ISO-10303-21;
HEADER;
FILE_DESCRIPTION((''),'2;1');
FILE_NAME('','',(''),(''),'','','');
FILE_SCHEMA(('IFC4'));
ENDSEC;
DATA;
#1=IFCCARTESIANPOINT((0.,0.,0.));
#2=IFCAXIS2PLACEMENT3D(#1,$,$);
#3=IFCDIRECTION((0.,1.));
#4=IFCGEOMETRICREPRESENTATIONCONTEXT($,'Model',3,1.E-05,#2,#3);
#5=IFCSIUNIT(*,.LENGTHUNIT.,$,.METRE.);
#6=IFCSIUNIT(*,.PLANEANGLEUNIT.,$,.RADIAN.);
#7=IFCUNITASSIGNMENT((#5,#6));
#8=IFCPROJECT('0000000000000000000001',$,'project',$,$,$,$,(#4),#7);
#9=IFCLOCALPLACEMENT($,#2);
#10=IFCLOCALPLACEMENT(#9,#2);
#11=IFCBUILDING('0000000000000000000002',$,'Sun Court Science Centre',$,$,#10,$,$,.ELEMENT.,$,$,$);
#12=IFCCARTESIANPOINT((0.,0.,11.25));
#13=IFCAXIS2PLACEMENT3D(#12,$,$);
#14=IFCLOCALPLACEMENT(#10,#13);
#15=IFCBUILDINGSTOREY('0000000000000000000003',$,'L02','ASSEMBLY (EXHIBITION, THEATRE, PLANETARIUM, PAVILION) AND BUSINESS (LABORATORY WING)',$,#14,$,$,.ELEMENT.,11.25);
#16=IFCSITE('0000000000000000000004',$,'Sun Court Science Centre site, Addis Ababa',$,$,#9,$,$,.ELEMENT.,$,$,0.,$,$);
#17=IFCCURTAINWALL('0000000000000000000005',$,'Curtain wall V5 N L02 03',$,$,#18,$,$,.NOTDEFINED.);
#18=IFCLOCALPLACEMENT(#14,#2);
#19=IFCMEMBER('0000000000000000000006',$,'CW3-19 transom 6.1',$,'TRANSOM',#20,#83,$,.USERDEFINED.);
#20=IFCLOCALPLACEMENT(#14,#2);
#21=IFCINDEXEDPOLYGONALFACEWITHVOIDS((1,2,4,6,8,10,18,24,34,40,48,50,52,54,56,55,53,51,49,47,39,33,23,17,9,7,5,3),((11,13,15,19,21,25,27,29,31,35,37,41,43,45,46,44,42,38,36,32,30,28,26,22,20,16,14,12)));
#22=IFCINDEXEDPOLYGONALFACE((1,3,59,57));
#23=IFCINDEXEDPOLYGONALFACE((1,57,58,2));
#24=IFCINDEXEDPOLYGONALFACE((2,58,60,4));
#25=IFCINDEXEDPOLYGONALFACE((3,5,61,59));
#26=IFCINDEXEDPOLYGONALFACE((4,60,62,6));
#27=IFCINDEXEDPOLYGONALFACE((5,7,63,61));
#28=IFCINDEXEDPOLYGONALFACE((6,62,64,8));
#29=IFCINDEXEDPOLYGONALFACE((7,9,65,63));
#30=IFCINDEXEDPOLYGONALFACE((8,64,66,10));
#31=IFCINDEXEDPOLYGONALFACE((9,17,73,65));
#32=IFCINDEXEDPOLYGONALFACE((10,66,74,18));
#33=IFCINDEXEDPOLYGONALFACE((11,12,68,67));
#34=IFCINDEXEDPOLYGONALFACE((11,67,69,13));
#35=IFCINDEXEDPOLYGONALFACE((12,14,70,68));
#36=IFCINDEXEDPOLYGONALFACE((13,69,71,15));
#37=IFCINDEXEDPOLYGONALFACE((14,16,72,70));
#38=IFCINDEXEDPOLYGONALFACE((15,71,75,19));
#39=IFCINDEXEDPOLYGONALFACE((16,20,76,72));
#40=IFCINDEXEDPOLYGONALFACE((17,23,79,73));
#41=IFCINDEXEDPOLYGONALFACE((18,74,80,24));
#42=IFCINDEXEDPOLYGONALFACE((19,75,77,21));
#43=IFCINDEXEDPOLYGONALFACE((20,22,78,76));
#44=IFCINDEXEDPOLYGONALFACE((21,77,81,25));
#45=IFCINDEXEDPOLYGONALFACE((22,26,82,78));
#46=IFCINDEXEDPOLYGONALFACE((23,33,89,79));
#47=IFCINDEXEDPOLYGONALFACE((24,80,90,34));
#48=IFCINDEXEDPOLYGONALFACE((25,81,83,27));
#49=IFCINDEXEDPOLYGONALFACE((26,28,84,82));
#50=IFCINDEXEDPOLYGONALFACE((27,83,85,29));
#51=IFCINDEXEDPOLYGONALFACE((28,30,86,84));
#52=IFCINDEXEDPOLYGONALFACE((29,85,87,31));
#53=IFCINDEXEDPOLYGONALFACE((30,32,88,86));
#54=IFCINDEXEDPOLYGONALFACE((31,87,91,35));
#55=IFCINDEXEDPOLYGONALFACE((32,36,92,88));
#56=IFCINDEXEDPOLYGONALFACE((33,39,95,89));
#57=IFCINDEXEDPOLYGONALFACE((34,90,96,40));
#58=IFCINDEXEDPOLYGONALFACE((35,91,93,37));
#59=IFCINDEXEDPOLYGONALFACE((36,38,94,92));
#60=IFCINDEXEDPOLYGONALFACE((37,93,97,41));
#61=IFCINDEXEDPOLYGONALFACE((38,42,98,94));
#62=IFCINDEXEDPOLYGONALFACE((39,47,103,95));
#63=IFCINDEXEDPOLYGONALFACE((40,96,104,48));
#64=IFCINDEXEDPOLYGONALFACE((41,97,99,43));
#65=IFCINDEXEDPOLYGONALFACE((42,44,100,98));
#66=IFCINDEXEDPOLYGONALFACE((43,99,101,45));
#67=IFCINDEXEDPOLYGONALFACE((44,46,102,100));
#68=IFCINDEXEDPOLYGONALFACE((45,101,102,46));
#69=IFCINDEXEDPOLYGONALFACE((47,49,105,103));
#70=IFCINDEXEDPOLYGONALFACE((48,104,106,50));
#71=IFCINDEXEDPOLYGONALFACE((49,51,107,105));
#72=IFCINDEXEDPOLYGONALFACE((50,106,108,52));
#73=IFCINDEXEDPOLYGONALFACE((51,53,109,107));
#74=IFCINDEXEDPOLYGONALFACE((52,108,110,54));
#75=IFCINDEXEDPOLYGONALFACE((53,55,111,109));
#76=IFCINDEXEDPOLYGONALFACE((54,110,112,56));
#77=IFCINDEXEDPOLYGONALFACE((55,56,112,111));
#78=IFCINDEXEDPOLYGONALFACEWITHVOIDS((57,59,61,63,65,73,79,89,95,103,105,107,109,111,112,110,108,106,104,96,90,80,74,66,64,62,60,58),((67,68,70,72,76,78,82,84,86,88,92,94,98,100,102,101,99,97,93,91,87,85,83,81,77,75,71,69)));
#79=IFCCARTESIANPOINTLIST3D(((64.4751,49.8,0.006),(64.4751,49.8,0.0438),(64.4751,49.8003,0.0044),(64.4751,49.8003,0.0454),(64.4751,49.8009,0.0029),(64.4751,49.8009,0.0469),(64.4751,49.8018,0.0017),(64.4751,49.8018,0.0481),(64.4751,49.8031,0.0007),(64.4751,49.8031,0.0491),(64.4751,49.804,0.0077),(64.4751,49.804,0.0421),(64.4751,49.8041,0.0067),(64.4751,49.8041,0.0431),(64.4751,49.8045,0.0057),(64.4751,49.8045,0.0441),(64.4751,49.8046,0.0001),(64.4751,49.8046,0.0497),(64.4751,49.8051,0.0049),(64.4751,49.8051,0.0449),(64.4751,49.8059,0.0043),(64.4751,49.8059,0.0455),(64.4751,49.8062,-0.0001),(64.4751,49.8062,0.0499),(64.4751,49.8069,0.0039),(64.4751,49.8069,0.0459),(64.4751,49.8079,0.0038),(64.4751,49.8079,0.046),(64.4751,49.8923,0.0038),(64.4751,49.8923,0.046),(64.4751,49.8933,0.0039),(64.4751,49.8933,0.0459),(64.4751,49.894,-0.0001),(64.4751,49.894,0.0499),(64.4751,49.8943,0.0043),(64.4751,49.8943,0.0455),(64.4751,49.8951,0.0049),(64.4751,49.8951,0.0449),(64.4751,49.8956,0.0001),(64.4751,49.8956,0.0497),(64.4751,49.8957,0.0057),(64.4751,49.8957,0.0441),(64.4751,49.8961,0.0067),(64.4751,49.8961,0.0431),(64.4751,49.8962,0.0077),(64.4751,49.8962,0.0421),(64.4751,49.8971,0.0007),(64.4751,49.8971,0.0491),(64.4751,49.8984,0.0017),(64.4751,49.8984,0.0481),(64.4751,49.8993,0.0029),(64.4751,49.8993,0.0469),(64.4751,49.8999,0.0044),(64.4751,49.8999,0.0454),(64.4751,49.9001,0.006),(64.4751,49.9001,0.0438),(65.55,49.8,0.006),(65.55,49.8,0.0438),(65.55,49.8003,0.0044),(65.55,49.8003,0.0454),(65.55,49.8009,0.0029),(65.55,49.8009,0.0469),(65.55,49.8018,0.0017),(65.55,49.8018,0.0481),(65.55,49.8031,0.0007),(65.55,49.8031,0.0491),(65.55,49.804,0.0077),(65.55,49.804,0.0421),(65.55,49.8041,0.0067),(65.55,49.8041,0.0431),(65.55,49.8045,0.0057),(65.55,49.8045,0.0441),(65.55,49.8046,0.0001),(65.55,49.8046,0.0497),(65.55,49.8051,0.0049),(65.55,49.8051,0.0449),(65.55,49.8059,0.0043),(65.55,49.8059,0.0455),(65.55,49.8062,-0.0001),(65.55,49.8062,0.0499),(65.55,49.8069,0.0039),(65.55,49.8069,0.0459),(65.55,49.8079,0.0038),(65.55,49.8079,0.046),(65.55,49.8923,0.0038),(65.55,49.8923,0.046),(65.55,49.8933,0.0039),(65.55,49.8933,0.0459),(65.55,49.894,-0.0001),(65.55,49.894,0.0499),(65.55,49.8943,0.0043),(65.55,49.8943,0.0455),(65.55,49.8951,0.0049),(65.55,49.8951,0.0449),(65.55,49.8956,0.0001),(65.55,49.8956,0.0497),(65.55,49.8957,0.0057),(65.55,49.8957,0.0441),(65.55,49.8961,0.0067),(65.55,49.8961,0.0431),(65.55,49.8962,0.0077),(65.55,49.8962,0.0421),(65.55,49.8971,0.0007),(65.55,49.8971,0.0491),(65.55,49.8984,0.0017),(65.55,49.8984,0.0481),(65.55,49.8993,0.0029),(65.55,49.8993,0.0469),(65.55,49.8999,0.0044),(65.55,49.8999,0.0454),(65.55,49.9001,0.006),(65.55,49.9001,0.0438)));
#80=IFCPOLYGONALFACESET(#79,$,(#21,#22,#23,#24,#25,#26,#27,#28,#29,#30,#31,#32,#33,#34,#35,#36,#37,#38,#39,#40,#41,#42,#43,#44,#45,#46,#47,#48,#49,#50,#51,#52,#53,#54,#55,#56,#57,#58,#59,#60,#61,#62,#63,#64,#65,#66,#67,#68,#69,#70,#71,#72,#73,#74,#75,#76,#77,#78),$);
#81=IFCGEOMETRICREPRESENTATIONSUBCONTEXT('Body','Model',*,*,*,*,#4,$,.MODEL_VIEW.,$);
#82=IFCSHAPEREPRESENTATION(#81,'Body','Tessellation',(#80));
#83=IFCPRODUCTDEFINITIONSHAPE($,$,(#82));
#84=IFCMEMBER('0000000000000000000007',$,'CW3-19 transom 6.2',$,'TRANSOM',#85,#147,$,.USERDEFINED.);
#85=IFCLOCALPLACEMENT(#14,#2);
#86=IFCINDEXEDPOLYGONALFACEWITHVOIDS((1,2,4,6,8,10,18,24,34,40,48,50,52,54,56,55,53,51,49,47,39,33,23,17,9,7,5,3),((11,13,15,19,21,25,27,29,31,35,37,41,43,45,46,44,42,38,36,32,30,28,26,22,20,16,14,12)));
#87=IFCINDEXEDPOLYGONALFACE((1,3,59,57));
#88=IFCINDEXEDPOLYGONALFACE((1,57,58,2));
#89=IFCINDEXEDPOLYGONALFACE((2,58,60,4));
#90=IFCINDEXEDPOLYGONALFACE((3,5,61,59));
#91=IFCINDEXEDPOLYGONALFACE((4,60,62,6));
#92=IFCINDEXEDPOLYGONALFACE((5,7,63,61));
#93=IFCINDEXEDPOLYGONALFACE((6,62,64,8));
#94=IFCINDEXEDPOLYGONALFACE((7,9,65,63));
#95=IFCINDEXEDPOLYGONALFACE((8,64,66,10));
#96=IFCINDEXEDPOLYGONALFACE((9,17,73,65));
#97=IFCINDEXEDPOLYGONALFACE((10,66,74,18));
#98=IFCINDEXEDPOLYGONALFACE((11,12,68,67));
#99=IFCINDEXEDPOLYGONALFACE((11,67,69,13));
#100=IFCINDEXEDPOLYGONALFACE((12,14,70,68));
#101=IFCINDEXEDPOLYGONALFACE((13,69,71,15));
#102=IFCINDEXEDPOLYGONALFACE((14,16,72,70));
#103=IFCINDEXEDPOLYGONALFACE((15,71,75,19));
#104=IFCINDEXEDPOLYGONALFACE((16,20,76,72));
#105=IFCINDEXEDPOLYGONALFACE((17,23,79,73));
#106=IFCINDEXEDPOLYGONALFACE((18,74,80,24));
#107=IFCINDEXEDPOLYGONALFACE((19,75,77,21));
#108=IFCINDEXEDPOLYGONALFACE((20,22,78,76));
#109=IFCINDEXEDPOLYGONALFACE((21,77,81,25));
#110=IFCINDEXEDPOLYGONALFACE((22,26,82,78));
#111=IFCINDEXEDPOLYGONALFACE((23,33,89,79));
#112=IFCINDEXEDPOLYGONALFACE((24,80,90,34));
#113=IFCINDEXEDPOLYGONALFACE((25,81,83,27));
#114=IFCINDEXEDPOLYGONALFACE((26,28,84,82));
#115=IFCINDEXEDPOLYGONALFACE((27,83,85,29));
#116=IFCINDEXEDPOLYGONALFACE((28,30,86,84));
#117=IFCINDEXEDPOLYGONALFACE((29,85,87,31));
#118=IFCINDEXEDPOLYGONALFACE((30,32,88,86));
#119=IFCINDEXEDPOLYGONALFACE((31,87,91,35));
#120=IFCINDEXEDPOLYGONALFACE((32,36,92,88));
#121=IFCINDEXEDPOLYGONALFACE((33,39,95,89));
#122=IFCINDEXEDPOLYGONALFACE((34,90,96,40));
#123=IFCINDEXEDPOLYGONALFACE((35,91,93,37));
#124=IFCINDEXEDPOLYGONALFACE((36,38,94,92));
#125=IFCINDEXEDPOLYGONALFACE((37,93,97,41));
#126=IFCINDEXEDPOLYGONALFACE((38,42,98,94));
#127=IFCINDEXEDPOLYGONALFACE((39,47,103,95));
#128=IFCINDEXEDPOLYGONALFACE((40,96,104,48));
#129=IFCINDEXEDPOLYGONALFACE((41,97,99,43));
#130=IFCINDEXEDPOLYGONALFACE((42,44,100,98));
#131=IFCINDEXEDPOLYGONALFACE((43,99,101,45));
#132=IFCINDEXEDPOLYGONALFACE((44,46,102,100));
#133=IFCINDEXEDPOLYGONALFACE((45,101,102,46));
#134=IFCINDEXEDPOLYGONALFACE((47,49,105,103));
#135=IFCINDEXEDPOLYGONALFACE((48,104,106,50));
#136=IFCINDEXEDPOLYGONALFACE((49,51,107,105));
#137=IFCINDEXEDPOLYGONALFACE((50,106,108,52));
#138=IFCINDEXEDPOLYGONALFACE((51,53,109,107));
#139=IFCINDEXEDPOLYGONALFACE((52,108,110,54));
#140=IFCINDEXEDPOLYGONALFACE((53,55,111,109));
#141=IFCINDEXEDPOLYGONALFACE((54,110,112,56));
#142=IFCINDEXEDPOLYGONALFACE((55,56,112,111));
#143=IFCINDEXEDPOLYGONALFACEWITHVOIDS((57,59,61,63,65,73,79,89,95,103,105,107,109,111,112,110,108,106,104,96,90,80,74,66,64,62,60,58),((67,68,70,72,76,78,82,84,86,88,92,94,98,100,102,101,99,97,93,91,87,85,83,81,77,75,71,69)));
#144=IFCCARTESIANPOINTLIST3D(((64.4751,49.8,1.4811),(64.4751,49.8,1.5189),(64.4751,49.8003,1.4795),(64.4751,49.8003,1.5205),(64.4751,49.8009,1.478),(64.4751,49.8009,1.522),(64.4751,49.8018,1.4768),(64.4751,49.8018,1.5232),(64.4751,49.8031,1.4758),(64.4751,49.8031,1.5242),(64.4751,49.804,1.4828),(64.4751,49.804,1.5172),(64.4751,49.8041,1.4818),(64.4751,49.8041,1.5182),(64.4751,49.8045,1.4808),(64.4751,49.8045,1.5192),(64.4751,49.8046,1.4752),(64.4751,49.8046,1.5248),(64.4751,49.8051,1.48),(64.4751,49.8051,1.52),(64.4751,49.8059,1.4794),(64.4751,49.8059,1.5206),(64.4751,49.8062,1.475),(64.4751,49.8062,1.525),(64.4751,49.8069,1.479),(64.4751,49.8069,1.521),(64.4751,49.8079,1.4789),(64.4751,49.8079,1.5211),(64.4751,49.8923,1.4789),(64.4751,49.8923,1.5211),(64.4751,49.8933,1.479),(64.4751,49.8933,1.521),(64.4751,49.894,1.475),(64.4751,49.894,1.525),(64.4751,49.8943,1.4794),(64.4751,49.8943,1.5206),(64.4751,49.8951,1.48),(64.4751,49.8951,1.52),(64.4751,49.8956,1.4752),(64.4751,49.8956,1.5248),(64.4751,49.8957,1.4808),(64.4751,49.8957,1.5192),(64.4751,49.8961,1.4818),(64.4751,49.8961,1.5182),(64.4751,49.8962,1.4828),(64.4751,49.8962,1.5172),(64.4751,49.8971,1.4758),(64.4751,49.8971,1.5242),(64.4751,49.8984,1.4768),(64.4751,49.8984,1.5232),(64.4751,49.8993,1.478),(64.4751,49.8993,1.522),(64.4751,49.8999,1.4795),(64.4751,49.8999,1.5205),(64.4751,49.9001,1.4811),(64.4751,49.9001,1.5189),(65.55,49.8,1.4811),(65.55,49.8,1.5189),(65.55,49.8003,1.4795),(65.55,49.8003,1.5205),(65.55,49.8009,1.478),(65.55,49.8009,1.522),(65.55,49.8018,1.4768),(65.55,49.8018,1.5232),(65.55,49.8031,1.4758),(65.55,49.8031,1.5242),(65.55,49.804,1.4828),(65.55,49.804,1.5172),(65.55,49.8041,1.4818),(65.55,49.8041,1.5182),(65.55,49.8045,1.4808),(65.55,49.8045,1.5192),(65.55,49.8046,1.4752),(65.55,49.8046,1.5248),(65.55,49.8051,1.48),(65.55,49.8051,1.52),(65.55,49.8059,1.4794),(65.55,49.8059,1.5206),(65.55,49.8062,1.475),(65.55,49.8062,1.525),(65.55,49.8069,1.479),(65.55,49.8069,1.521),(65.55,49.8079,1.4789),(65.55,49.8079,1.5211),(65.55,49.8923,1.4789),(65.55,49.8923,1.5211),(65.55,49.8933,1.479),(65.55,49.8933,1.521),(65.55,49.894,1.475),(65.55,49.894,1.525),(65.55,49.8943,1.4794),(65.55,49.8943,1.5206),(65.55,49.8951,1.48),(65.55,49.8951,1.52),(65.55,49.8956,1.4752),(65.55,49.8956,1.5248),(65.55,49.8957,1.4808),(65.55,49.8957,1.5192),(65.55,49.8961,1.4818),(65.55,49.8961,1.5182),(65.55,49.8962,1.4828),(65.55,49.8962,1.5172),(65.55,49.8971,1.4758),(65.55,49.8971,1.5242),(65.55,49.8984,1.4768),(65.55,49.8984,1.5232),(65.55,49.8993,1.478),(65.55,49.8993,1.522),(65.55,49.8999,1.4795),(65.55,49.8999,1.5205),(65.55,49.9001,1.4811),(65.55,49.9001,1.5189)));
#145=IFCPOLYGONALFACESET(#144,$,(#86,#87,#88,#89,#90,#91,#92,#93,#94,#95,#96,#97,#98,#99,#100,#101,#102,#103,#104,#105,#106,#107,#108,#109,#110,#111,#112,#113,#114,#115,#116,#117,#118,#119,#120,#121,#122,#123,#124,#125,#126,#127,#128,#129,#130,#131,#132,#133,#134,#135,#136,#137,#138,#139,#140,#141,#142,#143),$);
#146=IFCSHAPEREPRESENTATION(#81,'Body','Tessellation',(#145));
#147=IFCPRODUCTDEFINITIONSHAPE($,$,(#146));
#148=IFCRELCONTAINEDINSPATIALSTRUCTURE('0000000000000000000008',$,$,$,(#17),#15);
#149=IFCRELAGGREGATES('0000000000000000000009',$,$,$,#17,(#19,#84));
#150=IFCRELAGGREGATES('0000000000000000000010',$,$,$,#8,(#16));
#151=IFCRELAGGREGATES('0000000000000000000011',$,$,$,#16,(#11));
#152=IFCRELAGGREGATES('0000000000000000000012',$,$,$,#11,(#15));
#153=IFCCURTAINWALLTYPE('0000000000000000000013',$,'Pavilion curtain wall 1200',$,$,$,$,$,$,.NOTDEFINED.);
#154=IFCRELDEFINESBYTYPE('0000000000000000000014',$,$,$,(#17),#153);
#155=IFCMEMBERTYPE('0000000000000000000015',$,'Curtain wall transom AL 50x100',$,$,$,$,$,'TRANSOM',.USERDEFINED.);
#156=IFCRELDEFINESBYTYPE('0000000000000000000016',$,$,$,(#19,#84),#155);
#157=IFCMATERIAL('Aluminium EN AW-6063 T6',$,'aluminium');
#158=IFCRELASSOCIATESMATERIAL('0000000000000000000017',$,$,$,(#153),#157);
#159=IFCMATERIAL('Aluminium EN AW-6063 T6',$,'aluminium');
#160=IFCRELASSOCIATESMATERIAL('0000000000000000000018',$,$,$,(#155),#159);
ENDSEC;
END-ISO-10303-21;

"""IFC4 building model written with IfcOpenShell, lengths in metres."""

from ifc_helpers import new_model, si_unit, direction, frame, origin, origin_2d, place, context, subcontext, project, spatial, hollow_rectangle, extrude, material, material_profile, profile_set, type_object, element, aggregate, save


model = new_model("IFC4")

# Units and contexts
model_context = context("Model", 3, precision=1e-05, world=origin(), true_north=direction((0.0, 1.0)))
body_context = subcontext(model_context, "Body", "Model", "MODEL_VIEW")
ifc_project = project(units=[si_unit("LENGTHUNIT", "METRE"), si_unit("PLANEANGLEUNIT", "RADIAN")], contexts=[model_context])

# Site, building, storey
site_placement = place(None, origin())
site = spatial("IfcSite", under=ifc_project, at=site_placement, Name="Sun Court Science Centre site, Addis Ababa", CompositionType="ELEMENT", RefElevation=0.0)
building_placement = place(site_placement, origin())
building = spatial("IfcBuilding", under=site, at=building_placement, Name="Sun Court Science Centre", CompositionType="ELEMENT")
storey_placement = place(building_placement, frame((0.0, 0.0, 11.25)))
storey = spatial("IfcBuildingStorey", under=building, at=storey_placement, Name="L02", Description="ASSEMBLY (EXHIBITION, THEATRE, PLANETARIUM, PAVILION) AND BUSINESS (LABORATORY WING)", CompositionType="ELEMENT", Elevation=11.25)

# Curtain wall, members
ifc_material_1 = material(Name="Aluminium EN AW-6063 T6", Category="aluminium")
curtain_wall_type = type_object("IfcCurtainWallType", Name="Pavilion curtain wall 1200", PredefinedType="NOTDEFINED", material=ifc_material_1)
curtain_wall_placement = place(storey_placement, origin())
curtain_wall = element("IfcCurtainWall", 1, at=curtain_wall_placement, inside=storey, type_object=curtain_wall_type, Name="Curtain wall V5 N L02 03", PredefinedType="NOTDEFINED")
ifc_material_2 = material(Name="Aluminium EN AW-6063 T6", Category="aluminium")
ifc_material_profile_1 = material_profile(ifc_material_2, hollow_rectangle(XDim=0.05, YDim=0.1001, WallThickness=0.0039, InnerFilletRadius=0.0039, OuterFilletRadius=0.0061, at=origin_2d()), Name="AL 50x100x4")
ifc_profile_set_1 = profile_set([ifc_material_profile_1], Name="Aluminium EN AW-6063 T6")
member_type_1 = type_object("IfcMemberType", Name="Curtain wall transom AL 50x100", ElementType="TRANSOM", PredefinedType="USERDEFINED", material=ifc_profile_set_1)
member_1_placement = place(storey_placement, frame((64.4751, 49.8501, 0.0249), z_axis=(1.0, 0.0, 0.0), x_axis=(0.0, 0.0, 1.0)))
member_1 = element("IfcMember", 2, at=member_1_placement, type_object=member_type_1, Name="CW3-19 transom 6.1", ObjectType="TRANSOM", PredefinedType="USERDEFINED", context=body_context, shape_type="SweptSolid", body=[
    extrude(hollow_rectangle(XDim=0.05, YDim=0.1001, WallThickness=0.0039, InnerFilletRadius=0.0039, OuterFilletRadius=0.0061, at=origin_2d()), origin(), (0.0, 0.0, 1.0), 1.075),
])
member_2_placement = place(storey_placement, frame((64.4751, 49.8501, 1.5), z_axis=(1.0, 0.0, 0.0), x_axis=(0.0, 0.0, 1.0)))
member_2 = element("IfcMember", 3, at=member_2_placement, type_object=member_type_1, Name="CW3-19 transom 6.2", ObjectType="TRANSOM", PredefinedType="USERDEFINED", context=body_context, shape_type="SweptSolid", body=[
    extrude(hollow_rectangle(XDim=0.05, YDim=0.1001, WallThickness=0.0039, InnerFilletRadius=0.0039, OuterFilletRadius=0.0061, at=origin_2d()), origin(), (0.0, 0.0, 1.0), 1.075),
])
aggregate(curtain_wall, [member_1, member_2])

save(model, "model.ifc")
